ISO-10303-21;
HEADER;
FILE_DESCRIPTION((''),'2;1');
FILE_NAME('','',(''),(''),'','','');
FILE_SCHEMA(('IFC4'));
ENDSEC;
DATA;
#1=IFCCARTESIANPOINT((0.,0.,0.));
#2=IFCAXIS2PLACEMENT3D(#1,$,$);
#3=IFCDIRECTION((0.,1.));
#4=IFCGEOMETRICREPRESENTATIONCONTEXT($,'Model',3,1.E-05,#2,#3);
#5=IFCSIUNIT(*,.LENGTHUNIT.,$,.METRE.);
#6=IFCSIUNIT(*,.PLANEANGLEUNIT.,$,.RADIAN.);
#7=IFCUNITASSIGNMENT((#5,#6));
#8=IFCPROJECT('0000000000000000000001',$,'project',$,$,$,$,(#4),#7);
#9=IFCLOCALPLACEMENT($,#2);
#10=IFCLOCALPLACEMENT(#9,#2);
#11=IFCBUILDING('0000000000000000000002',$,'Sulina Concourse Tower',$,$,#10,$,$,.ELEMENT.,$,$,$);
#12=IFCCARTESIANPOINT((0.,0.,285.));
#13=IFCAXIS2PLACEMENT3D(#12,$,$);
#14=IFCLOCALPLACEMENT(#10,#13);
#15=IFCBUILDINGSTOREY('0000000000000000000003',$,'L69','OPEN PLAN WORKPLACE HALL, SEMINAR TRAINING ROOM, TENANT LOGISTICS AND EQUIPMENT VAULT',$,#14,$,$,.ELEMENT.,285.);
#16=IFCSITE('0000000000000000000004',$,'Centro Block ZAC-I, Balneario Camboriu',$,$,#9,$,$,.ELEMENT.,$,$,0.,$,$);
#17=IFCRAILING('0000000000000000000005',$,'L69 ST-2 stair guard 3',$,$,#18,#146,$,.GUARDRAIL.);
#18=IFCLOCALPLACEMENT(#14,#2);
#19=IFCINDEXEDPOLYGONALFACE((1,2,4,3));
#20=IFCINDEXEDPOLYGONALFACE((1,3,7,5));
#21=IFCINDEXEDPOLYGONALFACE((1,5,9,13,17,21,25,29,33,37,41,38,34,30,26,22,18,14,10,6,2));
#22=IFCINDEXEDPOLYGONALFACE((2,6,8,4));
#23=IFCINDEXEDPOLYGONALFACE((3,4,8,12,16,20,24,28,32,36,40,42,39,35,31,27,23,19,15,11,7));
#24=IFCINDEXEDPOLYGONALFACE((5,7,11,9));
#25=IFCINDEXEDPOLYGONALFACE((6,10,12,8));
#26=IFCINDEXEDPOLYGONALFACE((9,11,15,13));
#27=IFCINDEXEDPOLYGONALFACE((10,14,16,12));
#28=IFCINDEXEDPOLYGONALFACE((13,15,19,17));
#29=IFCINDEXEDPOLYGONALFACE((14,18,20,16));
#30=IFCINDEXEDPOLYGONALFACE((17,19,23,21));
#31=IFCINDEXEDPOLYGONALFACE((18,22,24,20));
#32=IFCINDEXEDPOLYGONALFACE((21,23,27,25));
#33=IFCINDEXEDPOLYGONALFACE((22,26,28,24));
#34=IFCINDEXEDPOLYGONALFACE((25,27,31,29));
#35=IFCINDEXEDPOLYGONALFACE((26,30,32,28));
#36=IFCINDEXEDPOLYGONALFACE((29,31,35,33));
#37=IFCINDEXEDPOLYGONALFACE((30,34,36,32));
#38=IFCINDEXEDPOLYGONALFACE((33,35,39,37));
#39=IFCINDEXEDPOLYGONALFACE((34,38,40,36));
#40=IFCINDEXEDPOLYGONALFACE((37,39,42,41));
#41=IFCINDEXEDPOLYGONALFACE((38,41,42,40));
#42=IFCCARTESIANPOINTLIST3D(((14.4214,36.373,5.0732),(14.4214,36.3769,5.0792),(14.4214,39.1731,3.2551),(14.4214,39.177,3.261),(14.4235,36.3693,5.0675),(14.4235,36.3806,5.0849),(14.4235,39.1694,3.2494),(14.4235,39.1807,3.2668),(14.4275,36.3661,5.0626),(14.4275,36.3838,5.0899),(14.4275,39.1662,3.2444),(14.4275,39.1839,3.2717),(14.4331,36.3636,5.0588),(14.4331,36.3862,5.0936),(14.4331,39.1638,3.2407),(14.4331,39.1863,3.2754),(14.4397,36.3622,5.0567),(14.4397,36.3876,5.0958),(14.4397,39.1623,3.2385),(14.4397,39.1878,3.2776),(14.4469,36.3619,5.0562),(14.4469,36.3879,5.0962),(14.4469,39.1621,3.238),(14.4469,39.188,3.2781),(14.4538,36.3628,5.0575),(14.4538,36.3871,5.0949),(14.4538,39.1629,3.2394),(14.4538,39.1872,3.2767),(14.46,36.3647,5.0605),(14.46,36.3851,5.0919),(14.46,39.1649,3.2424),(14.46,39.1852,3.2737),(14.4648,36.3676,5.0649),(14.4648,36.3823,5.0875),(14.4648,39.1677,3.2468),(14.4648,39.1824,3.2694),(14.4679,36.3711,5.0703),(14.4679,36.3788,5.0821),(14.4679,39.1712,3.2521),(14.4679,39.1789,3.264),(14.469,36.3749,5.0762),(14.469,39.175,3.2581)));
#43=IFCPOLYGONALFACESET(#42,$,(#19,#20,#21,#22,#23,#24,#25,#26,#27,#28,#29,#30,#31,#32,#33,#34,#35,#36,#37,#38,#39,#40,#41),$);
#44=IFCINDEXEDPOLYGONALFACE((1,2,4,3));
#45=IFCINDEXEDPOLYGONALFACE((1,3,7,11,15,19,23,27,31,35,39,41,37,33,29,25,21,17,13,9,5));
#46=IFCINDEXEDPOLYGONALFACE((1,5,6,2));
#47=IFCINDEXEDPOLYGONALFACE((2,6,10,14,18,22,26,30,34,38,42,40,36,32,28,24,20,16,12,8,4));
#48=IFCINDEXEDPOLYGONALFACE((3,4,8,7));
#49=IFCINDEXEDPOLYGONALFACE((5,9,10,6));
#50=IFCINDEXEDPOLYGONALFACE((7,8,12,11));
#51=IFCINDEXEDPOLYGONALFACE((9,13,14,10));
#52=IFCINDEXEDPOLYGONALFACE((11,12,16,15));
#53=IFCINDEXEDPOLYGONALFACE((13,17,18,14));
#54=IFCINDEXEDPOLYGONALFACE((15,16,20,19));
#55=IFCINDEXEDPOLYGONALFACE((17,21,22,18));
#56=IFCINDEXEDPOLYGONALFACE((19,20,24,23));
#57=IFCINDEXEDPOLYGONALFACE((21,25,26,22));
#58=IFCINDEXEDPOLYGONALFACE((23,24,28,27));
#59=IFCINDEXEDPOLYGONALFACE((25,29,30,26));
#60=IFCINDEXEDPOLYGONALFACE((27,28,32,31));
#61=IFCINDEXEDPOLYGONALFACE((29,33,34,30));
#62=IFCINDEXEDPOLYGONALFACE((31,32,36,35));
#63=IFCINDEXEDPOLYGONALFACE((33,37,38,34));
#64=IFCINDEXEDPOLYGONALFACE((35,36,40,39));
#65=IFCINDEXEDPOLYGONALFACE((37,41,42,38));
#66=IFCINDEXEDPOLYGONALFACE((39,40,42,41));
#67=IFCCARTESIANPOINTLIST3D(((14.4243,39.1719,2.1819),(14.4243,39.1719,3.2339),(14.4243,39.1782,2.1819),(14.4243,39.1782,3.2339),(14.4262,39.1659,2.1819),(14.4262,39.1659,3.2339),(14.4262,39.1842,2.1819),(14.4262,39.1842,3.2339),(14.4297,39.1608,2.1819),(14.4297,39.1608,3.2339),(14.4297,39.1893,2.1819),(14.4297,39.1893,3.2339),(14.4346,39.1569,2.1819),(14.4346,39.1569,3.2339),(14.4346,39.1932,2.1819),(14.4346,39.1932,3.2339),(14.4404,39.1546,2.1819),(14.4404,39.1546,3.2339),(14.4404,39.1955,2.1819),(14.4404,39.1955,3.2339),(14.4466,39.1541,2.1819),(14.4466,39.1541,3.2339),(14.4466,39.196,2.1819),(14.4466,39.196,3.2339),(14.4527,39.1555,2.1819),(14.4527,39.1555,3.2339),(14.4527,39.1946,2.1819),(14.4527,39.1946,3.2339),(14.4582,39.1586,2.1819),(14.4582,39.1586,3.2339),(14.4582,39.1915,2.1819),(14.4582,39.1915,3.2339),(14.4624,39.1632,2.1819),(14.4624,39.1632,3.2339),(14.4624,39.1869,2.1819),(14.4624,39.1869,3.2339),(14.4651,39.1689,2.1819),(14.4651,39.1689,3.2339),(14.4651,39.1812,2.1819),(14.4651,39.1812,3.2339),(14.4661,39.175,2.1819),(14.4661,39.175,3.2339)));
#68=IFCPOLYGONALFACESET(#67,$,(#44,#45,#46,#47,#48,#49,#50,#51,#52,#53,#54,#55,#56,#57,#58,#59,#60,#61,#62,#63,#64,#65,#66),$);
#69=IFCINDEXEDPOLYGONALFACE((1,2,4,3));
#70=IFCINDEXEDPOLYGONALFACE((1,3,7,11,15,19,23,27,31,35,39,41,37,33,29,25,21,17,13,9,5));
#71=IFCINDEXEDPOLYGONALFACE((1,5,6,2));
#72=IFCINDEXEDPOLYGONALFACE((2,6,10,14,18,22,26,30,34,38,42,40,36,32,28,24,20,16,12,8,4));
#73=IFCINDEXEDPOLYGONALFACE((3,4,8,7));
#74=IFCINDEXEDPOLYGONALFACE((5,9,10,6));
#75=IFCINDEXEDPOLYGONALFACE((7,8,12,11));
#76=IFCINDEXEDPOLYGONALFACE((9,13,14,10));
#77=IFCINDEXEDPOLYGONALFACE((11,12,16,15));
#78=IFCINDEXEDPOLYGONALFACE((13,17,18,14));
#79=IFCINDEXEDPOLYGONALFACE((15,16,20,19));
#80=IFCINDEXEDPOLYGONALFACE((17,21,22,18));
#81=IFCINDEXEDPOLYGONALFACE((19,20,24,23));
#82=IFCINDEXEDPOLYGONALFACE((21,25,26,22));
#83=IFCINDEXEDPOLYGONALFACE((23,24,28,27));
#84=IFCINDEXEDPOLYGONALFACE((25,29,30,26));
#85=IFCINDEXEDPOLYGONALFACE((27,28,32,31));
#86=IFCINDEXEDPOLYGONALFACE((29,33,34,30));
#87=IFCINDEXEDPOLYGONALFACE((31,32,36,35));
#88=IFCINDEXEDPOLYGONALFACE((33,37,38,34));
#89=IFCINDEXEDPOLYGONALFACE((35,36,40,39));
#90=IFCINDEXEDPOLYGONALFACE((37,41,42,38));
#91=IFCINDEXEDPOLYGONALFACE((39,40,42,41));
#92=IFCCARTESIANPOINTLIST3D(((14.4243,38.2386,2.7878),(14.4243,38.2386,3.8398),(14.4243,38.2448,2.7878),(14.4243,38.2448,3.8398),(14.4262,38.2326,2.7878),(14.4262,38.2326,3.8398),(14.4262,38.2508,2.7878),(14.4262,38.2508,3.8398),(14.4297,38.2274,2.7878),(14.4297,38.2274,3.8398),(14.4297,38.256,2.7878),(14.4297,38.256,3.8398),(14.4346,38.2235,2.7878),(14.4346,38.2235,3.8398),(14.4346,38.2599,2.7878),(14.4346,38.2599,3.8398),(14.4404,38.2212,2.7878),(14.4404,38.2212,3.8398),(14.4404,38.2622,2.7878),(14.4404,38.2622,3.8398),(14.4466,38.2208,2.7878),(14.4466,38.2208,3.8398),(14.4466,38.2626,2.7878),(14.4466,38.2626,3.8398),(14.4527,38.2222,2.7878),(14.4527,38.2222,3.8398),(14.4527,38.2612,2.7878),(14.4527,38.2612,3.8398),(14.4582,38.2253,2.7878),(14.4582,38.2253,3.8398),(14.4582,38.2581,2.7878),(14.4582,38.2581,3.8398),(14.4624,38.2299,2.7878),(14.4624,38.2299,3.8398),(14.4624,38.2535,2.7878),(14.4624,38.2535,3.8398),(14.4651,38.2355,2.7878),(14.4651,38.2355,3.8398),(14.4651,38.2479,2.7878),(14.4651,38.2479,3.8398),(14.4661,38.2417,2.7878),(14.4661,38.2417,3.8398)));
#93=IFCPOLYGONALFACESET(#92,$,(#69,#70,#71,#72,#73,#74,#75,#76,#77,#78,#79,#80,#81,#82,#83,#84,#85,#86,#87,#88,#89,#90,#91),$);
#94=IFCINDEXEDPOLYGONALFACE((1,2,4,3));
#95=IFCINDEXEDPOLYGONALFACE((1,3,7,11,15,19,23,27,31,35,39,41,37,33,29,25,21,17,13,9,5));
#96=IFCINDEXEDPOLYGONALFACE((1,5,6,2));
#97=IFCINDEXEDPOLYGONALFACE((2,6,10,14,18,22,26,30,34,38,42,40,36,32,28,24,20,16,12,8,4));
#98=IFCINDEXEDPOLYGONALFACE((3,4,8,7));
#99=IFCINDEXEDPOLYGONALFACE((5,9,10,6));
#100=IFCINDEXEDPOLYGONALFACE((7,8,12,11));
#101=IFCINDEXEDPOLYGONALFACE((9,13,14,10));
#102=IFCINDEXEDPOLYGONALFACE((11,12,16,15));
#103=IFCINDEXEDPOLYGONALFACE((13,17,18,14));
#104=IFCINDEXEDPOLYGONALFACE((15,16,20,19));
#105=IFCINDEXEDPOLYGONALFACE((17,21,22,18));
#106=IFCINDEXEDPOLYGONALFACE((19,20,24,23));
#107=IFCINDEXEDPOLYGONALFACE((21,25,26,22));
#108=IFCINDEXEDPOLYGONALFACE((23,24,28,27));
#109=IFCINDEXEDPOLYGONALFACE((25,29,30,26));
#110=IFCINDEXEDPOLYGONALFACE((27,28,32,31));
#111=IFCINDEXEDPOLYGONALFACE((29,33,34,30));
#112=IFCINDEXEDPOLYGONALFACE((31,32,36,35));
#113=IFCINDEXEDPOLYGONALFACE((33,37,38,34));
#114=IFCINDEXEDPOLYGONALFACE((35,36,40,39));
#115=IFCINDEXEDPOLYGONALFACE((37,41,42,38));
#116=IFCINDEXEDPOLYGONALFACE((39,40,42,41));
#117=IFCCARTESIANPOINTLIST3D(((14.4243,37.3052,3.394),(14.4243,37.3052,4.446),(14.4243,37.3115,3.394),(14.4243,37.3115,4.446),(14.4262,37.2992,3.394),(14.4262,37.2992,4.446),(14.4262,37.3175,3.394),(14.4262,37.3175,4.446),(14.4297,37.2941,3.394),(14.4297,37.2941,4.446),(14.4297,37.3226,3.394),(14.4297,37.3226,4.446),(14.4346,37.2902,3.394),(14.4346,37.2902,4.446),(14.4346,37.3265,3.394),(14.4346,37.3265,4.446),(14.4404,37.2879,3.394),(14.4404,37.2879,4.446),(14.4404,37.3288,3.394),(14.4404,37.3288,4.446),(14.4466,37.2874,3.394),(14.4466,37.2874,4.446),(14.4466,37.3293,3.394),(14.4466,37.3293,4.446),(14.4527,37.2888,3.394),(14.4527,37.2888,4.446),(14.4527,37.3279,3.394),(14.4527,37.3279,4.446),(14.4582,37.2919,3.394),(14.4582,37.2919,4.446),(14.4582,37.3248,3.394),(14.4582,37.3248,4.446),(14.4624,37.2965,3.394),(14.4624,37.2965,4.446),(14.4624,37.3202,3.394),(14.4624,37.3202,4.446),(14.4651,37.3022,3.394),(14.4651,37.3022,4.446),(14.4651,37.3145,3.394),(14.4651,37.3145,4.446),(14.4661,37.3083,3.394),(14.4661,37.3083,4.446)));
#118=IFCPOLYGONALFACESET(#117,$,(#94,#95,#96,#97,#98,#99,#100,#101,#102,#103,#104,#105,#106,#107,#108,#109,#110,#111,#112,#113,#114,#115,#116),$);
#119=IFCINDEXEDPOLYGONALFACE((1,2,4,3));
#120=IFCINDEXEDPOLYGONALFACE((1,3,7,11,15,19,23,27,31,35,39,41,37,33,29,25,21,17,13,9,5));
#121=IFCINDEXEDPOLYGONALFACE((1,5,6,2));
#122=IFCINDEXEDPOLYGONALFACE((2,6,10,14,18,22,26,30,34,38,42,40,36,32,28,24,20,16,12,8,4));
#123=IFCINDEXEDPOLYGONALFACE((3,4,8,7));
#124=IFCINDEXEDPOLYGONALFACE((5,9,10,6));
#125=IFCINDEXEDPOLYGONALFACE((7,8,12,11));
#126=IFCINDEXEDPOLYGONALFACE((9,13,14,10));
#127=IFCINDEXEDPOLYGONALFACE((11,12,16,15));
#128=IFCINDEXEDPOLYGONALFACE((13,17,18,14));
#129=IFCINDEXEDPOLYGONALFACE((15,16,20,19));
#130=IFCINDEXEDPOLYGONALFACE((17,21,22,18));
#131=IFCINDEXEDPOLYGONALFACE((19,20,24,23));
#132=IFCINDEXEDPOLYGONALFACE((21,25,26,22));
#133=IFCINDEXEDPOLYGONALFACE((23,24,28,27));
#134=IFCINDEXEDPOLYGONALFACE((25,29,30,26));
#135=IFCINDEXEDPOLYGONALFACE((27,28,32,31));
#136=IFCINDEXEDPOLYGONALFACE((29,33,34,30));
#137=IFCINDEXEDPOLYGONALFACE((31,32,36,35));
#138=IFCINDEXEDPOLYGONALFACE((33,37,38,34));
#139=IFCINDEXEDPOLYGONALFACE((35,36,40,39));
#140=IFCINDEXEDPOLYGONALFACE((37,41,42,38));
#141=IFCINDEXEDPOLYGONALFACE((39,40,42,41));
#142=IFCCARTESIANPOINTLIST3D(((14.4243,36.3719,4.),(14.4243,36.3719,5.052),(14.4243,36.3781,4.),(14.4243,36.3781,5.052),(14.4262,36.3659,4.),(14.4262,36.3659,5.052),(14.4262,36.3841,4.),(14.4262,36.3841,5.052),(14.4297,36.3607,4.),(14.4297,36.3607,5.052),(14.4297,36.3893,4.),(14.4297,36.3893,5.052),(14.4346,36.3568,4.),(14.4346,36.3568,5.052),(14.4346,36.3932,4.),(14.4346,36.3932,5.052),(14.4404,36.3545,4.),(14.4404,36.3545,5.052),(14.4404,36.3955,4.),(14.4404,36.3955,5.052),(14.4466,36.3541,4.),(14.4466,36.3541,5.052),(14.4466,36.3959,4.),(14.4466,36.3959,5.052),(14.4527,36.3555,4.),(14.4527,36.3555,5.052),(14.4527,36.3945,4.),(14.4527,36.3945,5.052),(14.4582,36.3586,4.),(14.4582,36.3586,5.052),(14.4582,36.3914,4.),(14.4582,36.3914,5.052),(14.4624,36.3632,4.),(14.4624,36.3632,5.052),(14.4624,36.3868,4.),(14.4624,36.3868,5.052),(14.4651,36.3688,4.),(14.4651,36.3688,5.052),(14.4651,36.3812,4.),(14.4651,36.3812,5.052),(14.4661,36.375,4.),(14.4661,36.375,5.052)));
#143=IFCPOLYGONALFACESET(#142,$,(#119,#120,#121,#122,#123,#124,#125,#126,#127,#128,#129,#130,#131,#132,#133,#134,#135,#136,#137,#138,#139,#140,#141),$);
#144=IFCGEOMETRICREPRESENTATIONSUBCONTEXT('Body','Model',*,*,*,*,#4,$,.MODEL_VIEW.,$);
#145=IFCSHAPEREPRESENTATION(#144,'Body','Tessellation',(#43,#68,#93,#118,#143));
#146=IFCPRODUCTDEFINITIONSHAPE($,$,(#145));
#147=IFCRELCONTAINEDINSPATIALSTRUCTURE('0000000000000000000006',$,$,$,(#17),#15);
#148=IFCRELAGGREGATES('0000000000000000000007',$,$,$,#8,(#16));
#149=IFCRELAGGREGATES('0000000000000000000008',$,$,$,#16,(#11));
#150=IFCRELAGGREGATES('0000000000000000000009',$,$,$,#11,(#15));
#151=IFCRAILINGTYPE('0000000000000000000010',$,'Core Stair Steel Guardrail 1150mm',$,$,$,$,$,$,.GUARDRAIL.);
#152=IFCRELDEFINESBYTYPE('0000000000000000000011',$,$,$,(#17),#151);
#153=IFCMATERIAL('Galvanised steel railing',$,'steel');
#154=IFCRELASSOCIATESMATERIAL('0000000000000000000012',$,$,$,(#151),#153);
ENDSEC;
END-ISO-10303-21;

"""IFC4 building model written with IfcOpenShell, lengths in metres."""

from ifc_helpers import new_model, si_unit, direction, frame, origin, origin_2d, place, context, subcontext, project, spatial, circle, extrude, material, type_object, element, save


model = new_model("IFC4")

# Units and contexts
model_context = context("Model", 3, precision=1e-05, world=origin(), true_north=direction((0.0, 1.0)))
body_context = subcontext(model_context, "Body", "Model", "MODEL_VIEW")
ifc_project = project(units=[si_unit("LENGTHUNIT", "METRE"), si_unit("PLANEANGLEUNIT", "RADIAN")], contexts=[model_context])

# Site, building, storey
site_placement = place(None, origin())
site = spatial("IfcSite", under=ifc_project, at=site_placement, Name="Centro Block ZAC-I, Balneario Camboriu", CompositionType="ELEMENT", RefElevation=0.0)
building_placement = place(site_placement, origin())
building = spatial("IfcBuilding", under=site, at=building_placement, Name="Sulina Concourse Tower", CompositionType="ELEMENT")
storey_placement = place(building_placement, frame((0.0, 0.0, 285.0)))
storey = spatial("IfcBuildingStorey", under=building, at=storey_placement, Name="L69", Description="OPEN PLAN WORKPLACE HALL, SEMINAR TRAINING ROOM, TENANT LOGISTICS AND EQUIPMENT VAULT", CompositionType="ELEMENT", Elevation=285.0)

# Railing
ifc_material_1 = material(Name="Galvanised steel railing", Category="steel")
railing_type_1 = type_object("IfcRailingType", Name="Core Stair Steel Guardrail 1150mm", PredefinedType="GUARDRAIL", material=ifc_material_1)
railing_1_placement = place(storey_placement, frame((14.4451, 39.175, 2.1819)))
element("IfcRailing", 1, at=railing_1_placement, inside=storey, type_object=railing_type_1, Name="L69 ST-2 stair guard 3", PredefinedType="GUARDRAIL", context=body_context, shape_type="SweptSolid", body=[
    extrude(circle(Radius=0.0239, at=origin_2d()), frame((0.0, 0.0, 1.0762), z_axis=(0.0, -0.838706, 0.544585), x_axis=(1.0, 0.0, 0.0)), (0.0, 0.0, 1.0), 3.3386),
    extrude(circle(Radius=0.021, at=origin_2d()), origin(), (0.0, 0.0, 1.0), 1.052),
    extrude(circle(Radius=0.021, at=origin_2d()), frame((0.0, -0.9333, 0.606)), (0.0, 0.0, 1.0), 1.052),
    extrude(circle(Radius=0.021, at=origin_2d()), frame((0.0, -1.8667, 1.2122)), (0.0, 0.0, 1.0), 1.052),
    extrude(circle(Radius=0.021, at=origin_2d()), frame((0.0, -2.8, 1.8181)), (0.0, 0.0, 1.0), 1.052),
])

save(model, "model.ifc")
